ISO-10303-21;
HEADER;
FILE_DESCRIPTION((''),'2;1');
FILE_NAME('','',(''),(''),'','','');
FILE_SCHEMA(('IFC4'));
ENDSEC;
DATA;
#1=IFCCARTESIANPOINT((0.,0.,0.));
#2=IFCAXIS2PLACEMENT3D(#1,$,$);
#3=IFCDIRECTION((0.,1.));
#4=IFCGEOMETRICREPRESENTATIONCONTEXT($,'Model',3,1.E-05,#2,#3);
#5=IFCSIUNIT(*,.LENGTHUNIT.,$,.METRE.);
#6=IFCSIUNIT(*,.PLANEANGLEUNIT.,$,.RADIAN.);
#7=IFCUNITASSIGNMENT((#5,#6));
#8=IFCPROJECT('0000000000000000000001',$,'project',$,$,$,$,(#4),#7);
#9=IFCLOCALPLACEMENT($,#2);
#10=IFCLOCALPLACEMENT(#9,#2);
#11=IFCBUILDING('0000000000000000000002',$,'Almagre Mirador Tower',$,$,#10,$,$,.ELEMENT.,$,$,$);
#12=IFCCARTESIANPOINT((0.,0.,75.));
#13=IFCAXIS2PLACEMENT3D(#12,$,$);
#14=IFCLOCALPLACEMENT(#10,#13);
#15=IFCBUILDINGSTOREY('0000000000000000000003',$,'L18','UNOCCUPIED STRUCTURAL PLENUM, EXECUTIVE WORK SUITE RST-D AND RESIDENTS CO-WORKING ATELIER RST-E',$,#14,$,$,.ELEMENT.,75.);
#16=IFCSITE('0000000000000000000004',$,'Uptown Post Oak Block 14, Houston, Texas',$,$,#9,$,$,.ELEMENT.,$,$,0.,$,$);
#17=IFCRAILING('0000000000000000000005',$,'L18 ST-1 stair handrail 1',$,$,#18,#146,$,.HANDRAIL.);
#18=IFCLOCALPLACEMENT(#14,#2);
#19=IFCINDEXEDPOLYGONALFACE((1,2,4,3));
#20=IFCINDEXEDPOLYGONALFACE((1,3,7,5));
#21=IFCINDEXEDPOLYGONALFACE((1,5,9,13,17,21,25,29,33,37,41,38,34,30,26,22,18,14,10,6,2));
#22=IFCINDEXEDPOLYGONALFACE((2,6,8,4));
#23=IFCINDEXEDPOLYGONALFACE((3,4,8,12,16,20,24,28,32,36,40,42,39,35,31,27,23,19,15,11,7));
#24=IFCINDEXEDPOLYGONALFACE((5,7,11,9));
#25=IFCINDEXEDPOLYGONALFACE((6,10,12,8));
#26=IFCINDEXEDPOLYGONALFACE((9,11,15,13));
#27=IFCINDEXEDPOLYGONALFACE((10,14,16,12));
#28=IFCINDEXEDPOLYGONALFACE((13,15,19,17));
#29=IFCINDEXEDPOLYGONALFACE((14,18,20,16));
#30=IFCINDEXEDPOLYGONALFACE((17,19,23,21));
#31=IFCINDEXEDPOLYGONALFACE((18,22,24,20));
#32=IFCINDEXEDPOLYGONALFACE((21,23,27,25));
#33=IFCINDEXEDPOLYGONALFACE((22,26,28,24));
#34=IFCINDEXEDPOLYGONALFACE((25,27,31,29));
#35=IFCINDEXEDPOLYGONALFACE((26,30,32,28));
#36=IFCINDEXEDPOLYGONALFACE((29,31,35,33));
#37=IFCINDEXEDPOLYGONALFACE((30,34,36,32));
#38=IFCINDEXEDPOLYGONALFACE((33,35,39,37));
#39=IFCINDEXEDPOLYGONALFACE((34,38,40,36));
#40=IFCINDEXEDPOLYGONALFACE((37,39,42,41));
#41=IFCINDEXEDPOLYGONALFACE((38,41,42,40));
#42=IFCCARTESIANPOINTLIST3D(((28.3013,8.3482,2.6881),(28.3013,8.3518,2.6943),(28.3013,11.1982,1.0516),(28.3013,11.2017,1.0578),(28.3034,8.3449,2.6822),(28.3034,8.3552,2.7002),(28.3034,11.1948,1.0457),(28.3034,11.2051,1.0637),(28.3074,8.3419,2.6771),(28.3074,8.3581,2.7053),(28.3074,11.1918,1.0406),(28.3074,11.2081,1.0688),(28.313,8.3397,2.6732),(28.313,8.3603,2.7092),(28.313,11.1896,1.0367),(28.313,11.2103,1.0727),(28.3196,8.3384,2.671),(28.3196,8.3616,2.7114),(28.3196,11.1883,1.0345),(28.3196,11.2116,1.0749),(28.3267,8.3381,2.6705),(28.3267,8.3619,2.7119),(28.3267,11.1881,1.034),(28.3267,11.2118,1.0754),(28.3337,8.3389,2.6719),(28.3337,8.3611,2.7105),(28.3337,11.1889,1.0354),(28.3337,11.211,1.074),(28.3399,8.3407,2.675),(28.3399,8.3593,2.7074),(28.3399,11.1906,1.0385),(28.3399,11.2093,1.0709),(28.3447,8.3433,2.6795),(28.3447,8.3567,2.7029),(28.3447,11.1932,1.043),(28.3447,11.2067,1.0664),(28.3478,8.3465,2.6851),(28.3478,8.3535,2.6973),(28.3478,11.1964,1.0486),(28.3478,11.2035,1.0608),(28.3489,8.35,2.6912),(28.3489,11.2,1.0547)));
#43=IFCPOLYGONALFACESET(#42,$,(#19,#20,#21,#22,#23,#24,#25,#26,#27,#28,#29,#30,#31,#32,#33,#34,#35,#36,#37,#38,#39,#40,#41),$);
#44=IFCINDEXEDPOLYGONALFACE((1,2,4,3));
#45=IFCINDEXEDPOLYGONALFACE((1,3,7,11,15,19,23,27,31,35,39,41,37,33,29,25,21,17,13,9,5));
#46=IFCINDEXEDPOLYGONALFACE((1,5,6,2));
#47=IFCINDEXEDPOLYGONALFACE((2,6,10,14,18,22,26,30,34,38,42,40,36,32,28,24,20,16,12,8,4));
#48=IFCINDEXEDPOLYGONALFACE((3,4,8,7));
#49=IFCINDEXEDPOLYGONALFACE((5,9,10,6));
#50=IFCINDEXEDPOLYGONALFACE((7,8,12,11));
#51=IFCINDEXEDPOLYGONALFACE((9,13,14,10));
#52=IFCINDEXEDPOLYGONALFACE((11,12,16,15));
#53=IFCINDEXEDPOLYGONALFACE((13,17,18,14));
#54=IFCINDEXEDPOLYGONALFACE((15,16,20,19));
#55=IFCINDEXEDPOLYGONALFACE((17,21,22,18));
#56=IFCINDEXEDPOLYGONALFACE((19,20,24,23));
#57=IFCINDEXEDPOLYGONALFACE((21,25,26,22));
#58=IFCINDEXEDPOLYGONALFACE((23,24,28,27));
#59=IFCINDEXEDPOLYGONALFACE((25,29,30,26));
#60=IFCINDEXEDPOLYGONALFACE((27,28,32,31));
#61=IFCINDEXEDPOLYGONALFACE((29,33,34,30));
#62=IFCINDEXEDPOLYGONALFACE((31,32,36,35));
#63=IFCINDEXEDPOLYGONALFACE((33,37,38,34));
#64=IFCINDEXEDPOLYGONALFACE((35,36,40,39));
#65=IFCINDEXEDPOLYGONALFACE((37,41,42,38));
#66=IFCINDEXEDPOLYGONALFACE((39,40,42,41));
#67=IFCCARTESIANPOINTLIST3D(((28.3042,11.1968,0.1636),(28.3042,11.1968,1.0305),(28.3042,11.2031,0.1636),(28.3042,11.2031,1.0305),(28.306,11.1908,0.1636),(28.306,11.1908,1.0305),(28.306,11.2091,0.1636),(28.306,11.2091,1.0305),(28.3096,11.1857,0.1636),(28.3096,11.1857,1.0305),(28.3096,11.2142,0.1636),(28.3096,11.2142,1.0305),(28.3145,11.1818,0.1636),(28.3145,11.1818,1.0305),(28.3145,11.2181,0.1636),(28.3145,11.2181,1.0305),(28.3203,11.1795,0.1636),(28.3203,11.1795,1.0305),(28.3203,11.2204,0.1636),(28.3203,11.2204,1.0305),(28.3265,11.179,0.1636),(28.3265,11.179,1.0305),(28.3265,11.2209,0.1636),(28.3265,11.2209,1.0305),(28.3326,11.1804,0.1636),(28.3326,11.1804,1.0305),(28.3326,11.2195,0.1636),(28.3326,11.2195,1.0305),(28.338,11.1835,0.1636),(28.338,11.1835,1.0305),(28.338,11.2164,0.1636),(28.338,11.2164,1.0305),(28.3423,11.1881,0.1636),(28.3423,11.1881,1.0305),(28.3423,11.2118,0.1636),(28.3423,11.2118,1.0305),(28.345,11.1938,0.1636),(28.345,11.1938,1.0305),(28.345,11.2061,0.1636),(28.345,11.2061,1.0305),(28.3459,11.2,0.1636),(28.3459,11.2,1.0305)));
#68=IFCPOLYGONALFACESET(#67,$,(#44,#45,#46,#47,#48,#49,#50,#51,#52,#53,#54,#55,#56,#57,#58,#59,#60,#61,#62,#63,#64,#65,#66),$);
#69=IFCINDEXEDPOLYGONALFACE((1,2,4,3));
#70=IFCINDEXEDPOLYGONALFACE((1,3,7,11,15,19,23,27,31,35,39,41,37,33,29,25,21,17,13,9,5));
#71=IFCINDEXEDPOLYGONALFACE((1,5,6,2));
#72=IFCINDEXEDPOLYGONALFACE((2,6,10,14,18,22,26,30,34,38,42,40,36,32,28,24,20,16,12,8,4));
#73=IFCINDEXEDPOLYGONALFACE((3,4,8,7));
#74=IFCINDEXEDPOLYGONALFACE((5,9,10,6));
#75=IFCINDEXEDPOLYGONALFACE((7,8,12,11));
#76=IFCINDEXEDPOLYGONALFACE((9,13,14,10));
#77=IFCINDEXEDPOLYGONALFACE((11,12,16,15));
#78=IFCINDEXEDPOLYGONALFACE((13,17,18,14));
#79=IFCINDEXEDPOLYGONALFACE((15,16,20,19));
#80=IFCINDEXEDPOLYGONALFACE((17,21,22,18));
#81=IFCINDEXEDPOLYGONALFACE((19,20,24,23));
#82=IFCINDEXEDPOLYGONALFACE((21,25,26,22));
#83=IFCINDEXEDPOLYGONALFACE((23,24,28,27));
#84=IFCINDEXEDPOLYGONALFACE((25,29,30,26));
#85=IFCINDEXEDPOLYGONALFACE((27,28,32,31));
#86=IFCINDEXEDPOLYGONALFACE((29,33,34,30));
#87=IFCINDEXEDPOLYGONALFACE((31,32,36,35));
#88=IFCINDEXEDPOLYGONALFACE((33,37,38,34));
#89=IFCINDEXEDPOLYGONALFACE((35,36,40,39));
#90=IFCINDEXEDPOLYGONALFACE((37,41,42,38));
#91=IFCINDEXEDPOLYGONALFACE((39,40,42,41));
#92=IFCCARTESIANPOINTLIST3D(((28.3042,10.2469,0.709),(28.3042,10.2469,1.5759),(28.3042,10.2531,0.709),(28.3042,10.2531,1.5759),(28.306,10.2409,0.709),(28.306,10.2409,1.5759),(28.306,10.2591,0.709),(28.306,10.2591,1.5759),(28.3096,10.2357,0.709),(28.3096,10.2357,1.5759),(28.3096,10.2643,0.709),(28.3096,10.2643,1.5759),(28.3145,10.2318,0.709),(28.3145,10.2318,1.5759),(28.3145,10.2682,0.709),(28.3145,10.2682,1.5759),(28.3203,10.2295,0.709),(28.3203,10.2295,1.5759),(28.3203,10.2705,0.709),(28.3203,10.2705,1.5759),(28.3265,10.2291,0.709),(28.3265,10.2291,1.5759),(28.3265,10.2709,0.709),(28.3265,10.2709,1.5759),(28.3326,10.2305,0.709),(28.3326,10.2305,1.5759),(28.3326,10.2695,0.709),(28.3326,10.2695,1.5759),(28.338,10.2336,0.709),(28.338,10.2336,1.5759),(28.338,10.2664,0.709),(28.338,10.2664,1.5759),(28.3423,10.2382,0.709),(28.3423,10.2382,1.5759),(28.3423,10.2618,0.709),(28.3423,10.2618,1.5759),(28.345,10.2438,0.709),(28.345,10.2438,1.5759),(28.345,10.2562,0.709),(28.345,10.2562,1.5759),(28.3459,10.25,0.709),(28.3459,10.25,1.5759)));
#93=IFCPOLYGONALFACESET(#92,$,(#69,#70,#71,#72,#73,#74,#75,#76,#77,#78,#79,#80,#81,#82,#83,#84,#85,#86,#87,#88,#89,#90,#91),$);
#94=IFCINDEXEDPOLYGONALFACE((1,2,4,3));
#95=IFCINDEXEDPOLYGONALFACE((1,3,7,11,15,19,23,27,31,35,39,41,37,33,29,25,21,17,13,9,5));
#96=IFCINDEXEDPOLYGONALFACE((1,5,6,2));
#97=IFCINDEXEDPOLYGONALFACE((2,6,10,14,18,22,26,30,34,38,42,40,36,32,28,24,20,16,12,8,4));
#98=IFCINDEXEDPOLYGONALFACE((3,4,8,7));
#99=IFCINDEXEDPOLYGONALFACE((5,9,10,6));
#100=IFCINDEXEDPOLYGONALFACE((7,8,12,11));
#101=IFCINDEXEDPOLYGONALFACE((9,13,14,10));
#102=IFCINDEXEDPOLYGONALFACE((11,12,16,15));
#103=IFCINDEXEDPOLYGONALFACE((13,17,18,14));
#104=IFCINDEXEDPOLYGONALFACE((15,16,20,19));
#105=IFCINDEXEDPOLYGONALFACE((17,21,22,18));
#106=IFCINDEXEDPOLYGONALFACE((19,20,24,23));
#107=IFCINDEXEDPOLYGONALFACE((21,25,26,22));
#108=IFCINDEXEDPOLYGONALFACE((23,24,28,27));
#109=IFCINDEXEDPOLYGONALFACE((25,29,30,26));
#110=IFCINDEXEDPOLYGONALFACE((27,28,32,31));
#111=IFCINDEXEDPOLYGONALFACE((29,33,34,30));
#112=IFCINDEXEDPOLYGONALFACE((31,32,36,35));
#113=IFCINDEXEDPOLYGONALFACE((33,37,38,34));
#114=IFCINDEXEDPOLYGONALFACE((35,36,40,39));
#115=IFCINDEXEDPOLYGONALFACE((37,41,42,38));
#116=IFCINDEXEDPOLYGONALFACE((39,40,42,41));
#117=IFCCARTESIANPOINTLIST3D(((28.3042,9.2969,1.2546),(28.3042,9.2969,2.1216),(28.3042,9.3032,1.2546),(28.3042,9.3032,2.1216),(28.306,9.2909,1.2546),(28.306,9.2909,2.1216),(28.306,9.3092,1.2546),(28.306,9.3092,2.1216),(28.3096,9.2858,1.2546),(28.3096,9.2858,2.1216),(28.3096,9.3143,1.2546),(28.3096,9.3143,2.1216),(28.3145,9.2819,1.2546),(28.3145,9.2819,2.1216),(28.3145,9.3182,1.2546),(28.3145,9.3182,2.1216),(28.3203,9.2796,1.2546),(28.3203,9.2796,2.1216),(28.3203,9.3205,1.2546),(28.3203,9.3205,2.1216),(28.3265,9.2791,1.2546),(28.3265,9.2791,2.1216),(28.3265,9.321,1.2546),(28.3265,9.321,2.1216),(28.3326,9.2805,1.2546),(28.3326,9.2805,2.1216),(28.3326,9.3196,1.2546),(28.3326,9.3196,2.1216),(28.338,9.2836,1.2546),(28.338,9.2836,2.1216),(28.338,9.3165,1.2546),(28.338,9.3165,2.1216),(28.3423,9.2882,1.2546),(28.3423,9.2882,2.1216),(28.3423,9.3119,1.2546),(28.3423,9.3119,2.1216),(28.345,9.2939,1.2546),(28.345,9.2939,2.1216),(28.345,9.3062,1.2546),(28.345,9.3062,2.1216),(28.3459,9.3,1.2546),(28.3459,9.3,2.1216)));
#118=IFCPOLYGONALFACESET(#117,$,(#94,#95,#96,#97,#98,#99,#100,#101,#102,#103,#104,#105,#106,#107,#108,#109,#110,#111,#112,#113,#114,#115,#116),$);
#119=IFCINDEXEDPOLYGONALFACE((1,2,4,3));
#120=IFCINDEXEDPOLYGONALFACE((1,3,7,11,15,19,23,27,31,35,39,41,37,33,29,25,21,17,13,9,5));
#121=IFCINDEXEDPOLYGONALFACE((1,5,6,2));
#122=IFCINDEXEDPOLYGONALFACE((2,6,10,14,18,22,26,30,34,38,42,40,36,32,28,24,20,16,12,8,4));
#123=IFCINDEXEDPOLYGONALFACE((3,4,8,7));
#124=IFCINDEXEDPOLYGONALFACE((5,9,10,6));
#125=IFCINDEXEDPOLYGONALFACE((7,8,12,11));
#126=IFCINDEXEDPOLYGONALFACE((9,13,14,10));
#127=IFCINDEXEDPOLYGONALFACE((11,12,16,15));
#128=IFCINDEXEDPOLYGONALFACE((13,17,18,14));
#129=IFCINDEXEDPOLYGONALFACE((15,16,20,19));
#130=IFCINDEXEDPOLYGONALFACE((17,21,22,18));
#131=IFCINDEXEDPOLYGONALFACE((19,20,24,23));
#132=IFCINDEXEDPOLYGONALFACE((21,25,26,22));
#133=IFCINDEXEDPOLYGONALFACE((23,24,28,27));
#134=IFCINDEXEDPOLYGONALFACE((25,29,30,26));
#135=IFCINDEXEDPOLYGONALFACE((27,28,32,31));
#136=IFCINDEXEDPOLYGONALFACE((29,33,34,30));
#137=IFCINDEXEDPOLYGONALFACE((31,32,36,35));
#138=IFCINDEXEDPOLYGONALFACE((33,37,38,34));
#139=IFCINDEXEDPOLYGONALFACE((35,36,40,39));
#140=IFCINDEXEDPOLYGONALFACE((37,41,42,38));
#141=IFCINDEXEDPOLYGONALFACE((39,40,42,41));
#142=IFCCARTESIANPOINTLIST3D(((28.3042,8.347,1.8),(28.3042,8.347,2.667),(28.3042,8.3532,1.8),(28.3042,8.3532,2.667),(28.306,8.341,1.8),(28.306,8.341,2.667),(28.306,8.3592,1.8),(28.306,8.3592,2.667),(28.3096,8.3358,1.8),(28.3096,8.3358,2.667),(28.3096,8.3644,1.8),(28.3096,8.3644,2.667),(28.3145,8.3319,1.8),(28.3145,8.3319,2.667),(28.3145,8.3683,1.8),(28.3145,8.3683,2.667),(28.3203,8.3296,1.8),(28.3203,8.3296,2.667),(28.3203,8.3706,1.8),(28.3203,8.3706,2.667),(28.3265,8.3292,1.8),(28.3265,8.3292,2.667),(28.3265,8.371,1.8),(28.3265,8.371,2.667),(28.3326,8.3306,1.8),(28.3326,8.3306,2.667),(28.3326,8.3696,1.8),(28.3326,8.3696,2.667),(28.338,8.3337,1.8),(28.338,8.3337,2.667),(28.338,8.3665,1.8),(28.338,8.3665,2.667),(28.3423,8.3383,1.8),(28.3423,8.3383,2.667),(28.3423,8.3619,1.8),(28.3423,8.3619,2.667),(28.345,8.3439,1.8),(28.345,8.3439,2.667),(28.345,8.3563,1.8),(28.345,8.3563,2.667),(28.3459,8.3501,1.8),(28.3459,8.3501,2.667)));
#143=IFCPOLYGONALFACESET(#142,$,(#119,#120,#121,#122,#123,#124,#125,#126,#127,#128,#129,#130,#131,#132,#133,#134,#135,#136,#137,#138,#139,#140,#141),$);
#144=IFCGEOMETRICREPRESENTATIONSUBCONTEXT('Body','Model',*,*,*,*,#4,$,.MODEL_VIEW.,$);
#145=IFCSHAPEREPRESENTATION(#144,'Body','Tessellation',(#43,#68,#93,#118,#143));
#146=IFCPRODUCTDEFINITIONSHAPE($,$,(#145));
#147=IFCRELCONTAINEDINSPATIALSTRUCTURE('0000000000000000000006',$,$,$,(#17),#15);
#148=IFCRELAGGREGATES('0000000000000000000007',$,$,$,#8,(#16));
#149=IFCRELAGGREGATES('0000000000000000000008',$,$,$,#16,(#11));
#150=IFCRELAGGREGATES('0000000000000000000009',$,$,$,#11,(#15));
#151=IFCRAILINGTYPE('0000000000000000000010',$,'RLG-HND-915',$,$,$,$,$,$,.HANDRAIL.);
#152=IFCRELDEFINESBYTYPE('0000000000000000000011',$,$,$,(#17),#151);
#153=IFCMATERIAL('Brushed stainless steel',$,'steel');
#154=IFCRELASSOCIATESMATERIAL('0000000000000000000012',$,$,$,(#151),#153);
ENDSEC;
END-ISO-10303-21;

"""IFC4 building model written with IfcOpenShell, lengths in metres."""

from ifc_helpers import new_model, si_unit, direction, frame, origin, origin_2d, place, context, subcontext, project, spatial, circle, extrude, material, type_object, element, save


model = new_model("IFC4")

# Units and contexts
model_context = context("Model", 3, precision=1e-05, world=origin(), true_north=direction((0.0, 1.0)))
body_context = subcontext(model_context, "Body", "Model", "MODEL_VIEW")
ifc_project = project(units=[si_unit("LENGTHUNIT", "METRE"), si_unit("PLANEANGLEUNIT", "RADIAN")], contexts=[model_context])

# Site, building, storey
site_placement = place(None, origin())
site = spatial("IfcSite", under=ifc_project, at=site_placement, Name="Uptown Post Oak Block 14, Houston, Texas", CompositionType="ELEMENT", RefElevation=0.0)
building_placement = place(site_placement, origin())
building = spatial("IfcBuilding", under=site, at=building_placement, Name="Almagre Mirador Tower", CompositionType="ELEMENT")
storey_placement = place(building_placement, frame((0.0, 0.0, 75.0)))
storey = spatial("IfcBuildingStorey", under=building, at=storey_placement, Name="L18", Description="UNOCCUPIED STRUCTURAL PLENUM, EXECUTIVE WORK SUITE RST-D AND RESIDENTS CO-WORKING ATELIER RST-E", CompositionType="ELEMENT", Elevation=75.0)

# Railing
ifc_material_1 = material(Name="Brushed stainless steel", Category="steel")
railing_type_1 = type_object("IfcRailingType", Name="RLG-HND-915", PredefinedType="HANDRAIL", material=ifc_material_1)
railing_1_placement = place(storey_placement, frame((28.325, 11.2, 0.1636)))
element("IfcRailing", 1, at=railing_1_placement, inside=storey, type_object=railing_type_1, Name="L18 ST-1 stair handrail 1", PredefinedType="HANDRAIL", context=body_context, shape_type="SweptSolid", body=[
    extrude(circle(Radius=0.0239, at=origin_2d()), frame((0.0, 0.0, 0.8911), z_axis=(0.0, -0.867194, 0.49797), x_axis=(1.0, 0.0, 0.0)), (0.0, 0.0, 1.0), 3.2864),
    extrude(circle(Radius=0.021, at=origin_2d()), origin(), (0.0, 0.0, 1.0), 0.8669),
    extrude(circle(Radius=0.021, at=origin_2d()), frame((0.0, -0.95, 0.5454)), (0.0, 0.0, 1.0), 0.8669),
    extrude(circle(Radius=0.021, at=origin_2d()), frame((0.0, -1.8999, 1.0911)), (0.0, 0.0, 1.0), 0.8669),
    extrude(circle(Radius=0.021, at=origin_2d()), frame((0.0, -2.8499, 1.6365)), (0.0, 0.0, 1.0), 0.8669),
])

save(model, "model.ifc")
